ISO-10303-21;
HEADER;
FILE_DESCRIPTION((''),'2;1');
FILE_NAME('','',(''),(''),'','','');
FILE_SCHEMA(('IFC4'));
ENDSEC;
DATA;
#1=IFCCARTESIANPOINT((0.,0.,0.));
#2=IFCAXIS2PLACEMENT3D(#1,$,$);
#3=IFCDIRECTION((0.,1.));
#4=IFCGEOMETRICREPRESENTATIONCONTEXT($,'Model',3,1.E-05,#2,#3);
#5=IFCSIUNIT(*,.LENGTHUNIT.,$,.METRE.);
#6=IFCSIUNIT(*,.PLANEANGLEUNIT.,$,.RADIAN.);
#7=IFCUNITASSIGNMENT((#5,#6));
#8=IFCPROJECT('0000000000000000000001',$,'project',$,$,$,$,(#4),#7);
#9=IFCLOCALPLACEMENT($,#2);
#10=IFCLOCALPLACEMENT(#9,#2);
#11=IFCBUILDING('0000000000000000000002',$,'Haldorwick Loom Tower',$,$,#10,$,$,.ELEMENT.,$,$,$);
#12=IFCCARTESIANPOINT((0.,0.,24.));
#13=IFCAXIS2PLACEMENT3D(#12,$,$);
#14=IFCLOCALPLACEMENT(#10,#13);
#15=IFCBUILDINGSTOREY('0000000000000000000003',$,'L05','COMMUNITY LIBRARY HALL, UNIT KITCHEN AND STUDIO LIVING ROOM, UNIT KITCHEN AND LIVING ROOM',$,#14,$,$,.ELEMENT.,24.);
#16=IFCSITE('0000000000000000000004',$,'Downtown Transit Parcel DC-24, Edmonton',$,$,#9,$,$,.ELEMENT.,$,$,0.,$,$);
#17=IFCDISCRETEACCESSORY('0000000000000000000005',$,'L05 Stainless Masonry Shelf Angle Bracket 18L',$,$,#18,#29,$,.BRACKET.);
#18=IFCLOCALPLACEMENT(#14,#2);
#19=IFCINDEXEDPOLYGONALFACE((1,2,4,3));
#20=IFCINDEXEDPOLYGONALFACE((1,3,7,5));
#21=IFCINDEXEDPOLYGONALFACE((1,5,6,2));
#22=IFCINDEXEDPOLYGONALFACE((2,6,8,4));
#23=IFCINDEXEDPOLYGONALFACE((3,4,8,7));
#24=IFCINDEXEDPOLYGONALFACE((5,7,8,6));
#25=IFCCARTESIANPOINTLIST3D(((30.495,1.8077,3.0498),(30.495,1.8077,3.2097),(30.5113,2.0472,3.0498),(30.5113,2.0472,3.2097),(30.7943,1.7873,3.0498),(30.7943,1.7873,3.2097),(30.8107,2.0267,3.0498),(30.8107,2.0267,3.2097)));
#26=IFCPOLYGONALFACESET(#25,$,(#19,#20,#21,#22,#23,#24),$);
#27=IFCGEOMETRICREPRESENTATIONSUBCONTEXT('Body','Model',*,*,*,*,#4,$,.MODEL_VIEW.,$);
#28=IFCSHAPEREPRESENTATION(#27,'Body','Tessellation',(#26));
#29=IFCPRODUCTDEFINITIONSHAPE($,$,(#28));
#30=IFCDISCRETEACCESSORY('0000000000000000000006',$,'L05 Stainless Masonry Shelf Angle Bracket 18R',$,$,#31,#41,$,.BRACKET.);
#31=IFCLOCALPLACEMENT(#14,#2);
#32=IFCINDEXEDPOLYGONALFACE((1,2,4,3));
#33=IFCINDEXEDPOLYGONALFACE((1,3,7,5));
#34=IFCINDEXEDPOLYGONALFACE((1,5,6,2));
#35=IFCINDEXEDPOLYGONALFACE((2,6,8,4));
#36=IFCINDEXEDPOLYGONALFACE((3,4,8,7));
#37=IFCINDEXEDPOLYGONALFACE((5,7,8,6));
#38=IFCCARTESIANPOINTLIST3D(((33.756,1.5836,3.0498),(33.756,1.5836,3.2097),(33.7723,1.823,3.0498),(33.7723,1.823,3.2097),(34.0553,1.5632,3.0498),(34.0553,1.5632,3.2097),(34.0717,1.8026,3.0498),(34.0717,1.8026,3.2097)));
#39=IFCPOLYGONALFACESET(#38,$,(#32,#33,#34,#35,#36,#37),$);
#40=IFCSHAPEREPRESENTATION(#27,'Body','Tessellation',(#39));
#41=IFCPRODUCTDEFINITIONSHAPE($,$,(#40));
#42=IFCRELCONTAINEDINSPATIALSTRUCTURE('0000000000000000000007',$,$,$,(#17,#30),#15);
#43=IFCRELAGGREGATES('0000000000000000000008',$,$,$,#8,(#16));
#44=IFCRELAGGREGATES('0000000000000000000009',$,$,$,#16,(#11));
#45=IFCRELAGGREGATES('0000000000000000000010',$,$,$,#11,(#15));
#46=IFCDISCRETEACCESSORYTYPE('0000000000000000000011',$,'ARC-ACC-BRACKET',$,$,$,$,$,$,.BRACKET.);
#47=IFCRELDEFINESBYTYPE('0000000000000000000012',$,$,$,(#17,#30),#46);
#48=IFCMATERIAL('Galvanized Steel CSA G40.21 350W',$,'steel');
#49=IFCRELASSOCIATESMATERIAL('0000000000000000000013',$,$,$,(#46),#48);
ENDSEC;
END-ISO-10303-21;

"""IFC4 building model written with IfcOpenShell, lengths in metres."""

from ifc_helpers import new_model, si_unit, direction, frame, origin, origin_2d, place, context, subcontext, project, spatial, rectangle, extrude, material, type_object, element, save


model = new_model("IFC4")

# Units and contexts
model_context = context("Model", 3, precision=1e-05, world=origin(), true_north=direction((0.0, 1.0)))
body_context = subcontext(model_context, "Body", "Model", "MODEL_VIEW")
ifc_project = project(units=[si_unit("LENGTHUNIT", "METRE"), si_unit("PLANEANGLEUNIT", "RADIAN")], contexts=[model_context])

# Site, building, storey
site_placement = place(None, origin())
site = spatial("IfcSite", under=ifc_project, at=site_placement, Name="Downtown Transit Parcel DC-24, Edmonton", CompositionType="ELEMENT", RefElevation=0.0)
building_placement = place(site_placement, origin())
building = spatial("IfcBuilding", under=site, at=building_placement, Name="Haldorwick Loom Tower", CompositionType="ELEMENT")
storey_placement = place(building_placement, frame((0.0, 0.0, 24.0)))
storey = spatial("IfcBuildingStorey", under=building, at=storey_placement, Name="L05", Description="COMMUNITY LIBRARY HALL, UNIT KITCHEN AND STUDIO LIVING ROOM, UNIT KITCHEN AND LIVING ROOM", CompositionType="ELEMENT", Elevation=24.0)

# Discrete accessories
ifc_material_1 = material(Name="Galvanized Steel CSA G40.21 350W", Category="steel")
discrete_accessory_type = type_object("IfcDiscreteAccessoryType", Name="ARC-ACC-BRACKET", PredefinedType="BRACKET", material=ifc_material_1)
for number, where, z_axis, x_axis, name in (
    (1, (30.6528, 1.9172, 3.0498), (0.0, 0.0, 1.0), (0.997684, -0.068015, 0.0), "L05 Stainless Masonry Shelf Angle Bracket 18L"),
    (2, (33.9138, 1.6931, 3.0498), (0.0, 0.0, 1.0), (0.997684, -0.068015, 0.0), "L05 Stainless Masonry Shelf Angle Bracket 18R"),
):
    element("IfcDiscreteAccessory", number, at=place(storey_placement, frame(where, z_axis=z_axis, x_axis=x_axis)), inside=storey, type_object=discrete_accessory_type, Name=name, PredefinedType="BRACKET", context=body_context, shape_type="SweptSolid", body=[
        extrude(rectangle(XDim=0.3, YDim=0.24, at=origin_2d()), origin(), (0.0, 0.0, 1.0), 0.1599),
    ])

save(model, "model.ifc")
